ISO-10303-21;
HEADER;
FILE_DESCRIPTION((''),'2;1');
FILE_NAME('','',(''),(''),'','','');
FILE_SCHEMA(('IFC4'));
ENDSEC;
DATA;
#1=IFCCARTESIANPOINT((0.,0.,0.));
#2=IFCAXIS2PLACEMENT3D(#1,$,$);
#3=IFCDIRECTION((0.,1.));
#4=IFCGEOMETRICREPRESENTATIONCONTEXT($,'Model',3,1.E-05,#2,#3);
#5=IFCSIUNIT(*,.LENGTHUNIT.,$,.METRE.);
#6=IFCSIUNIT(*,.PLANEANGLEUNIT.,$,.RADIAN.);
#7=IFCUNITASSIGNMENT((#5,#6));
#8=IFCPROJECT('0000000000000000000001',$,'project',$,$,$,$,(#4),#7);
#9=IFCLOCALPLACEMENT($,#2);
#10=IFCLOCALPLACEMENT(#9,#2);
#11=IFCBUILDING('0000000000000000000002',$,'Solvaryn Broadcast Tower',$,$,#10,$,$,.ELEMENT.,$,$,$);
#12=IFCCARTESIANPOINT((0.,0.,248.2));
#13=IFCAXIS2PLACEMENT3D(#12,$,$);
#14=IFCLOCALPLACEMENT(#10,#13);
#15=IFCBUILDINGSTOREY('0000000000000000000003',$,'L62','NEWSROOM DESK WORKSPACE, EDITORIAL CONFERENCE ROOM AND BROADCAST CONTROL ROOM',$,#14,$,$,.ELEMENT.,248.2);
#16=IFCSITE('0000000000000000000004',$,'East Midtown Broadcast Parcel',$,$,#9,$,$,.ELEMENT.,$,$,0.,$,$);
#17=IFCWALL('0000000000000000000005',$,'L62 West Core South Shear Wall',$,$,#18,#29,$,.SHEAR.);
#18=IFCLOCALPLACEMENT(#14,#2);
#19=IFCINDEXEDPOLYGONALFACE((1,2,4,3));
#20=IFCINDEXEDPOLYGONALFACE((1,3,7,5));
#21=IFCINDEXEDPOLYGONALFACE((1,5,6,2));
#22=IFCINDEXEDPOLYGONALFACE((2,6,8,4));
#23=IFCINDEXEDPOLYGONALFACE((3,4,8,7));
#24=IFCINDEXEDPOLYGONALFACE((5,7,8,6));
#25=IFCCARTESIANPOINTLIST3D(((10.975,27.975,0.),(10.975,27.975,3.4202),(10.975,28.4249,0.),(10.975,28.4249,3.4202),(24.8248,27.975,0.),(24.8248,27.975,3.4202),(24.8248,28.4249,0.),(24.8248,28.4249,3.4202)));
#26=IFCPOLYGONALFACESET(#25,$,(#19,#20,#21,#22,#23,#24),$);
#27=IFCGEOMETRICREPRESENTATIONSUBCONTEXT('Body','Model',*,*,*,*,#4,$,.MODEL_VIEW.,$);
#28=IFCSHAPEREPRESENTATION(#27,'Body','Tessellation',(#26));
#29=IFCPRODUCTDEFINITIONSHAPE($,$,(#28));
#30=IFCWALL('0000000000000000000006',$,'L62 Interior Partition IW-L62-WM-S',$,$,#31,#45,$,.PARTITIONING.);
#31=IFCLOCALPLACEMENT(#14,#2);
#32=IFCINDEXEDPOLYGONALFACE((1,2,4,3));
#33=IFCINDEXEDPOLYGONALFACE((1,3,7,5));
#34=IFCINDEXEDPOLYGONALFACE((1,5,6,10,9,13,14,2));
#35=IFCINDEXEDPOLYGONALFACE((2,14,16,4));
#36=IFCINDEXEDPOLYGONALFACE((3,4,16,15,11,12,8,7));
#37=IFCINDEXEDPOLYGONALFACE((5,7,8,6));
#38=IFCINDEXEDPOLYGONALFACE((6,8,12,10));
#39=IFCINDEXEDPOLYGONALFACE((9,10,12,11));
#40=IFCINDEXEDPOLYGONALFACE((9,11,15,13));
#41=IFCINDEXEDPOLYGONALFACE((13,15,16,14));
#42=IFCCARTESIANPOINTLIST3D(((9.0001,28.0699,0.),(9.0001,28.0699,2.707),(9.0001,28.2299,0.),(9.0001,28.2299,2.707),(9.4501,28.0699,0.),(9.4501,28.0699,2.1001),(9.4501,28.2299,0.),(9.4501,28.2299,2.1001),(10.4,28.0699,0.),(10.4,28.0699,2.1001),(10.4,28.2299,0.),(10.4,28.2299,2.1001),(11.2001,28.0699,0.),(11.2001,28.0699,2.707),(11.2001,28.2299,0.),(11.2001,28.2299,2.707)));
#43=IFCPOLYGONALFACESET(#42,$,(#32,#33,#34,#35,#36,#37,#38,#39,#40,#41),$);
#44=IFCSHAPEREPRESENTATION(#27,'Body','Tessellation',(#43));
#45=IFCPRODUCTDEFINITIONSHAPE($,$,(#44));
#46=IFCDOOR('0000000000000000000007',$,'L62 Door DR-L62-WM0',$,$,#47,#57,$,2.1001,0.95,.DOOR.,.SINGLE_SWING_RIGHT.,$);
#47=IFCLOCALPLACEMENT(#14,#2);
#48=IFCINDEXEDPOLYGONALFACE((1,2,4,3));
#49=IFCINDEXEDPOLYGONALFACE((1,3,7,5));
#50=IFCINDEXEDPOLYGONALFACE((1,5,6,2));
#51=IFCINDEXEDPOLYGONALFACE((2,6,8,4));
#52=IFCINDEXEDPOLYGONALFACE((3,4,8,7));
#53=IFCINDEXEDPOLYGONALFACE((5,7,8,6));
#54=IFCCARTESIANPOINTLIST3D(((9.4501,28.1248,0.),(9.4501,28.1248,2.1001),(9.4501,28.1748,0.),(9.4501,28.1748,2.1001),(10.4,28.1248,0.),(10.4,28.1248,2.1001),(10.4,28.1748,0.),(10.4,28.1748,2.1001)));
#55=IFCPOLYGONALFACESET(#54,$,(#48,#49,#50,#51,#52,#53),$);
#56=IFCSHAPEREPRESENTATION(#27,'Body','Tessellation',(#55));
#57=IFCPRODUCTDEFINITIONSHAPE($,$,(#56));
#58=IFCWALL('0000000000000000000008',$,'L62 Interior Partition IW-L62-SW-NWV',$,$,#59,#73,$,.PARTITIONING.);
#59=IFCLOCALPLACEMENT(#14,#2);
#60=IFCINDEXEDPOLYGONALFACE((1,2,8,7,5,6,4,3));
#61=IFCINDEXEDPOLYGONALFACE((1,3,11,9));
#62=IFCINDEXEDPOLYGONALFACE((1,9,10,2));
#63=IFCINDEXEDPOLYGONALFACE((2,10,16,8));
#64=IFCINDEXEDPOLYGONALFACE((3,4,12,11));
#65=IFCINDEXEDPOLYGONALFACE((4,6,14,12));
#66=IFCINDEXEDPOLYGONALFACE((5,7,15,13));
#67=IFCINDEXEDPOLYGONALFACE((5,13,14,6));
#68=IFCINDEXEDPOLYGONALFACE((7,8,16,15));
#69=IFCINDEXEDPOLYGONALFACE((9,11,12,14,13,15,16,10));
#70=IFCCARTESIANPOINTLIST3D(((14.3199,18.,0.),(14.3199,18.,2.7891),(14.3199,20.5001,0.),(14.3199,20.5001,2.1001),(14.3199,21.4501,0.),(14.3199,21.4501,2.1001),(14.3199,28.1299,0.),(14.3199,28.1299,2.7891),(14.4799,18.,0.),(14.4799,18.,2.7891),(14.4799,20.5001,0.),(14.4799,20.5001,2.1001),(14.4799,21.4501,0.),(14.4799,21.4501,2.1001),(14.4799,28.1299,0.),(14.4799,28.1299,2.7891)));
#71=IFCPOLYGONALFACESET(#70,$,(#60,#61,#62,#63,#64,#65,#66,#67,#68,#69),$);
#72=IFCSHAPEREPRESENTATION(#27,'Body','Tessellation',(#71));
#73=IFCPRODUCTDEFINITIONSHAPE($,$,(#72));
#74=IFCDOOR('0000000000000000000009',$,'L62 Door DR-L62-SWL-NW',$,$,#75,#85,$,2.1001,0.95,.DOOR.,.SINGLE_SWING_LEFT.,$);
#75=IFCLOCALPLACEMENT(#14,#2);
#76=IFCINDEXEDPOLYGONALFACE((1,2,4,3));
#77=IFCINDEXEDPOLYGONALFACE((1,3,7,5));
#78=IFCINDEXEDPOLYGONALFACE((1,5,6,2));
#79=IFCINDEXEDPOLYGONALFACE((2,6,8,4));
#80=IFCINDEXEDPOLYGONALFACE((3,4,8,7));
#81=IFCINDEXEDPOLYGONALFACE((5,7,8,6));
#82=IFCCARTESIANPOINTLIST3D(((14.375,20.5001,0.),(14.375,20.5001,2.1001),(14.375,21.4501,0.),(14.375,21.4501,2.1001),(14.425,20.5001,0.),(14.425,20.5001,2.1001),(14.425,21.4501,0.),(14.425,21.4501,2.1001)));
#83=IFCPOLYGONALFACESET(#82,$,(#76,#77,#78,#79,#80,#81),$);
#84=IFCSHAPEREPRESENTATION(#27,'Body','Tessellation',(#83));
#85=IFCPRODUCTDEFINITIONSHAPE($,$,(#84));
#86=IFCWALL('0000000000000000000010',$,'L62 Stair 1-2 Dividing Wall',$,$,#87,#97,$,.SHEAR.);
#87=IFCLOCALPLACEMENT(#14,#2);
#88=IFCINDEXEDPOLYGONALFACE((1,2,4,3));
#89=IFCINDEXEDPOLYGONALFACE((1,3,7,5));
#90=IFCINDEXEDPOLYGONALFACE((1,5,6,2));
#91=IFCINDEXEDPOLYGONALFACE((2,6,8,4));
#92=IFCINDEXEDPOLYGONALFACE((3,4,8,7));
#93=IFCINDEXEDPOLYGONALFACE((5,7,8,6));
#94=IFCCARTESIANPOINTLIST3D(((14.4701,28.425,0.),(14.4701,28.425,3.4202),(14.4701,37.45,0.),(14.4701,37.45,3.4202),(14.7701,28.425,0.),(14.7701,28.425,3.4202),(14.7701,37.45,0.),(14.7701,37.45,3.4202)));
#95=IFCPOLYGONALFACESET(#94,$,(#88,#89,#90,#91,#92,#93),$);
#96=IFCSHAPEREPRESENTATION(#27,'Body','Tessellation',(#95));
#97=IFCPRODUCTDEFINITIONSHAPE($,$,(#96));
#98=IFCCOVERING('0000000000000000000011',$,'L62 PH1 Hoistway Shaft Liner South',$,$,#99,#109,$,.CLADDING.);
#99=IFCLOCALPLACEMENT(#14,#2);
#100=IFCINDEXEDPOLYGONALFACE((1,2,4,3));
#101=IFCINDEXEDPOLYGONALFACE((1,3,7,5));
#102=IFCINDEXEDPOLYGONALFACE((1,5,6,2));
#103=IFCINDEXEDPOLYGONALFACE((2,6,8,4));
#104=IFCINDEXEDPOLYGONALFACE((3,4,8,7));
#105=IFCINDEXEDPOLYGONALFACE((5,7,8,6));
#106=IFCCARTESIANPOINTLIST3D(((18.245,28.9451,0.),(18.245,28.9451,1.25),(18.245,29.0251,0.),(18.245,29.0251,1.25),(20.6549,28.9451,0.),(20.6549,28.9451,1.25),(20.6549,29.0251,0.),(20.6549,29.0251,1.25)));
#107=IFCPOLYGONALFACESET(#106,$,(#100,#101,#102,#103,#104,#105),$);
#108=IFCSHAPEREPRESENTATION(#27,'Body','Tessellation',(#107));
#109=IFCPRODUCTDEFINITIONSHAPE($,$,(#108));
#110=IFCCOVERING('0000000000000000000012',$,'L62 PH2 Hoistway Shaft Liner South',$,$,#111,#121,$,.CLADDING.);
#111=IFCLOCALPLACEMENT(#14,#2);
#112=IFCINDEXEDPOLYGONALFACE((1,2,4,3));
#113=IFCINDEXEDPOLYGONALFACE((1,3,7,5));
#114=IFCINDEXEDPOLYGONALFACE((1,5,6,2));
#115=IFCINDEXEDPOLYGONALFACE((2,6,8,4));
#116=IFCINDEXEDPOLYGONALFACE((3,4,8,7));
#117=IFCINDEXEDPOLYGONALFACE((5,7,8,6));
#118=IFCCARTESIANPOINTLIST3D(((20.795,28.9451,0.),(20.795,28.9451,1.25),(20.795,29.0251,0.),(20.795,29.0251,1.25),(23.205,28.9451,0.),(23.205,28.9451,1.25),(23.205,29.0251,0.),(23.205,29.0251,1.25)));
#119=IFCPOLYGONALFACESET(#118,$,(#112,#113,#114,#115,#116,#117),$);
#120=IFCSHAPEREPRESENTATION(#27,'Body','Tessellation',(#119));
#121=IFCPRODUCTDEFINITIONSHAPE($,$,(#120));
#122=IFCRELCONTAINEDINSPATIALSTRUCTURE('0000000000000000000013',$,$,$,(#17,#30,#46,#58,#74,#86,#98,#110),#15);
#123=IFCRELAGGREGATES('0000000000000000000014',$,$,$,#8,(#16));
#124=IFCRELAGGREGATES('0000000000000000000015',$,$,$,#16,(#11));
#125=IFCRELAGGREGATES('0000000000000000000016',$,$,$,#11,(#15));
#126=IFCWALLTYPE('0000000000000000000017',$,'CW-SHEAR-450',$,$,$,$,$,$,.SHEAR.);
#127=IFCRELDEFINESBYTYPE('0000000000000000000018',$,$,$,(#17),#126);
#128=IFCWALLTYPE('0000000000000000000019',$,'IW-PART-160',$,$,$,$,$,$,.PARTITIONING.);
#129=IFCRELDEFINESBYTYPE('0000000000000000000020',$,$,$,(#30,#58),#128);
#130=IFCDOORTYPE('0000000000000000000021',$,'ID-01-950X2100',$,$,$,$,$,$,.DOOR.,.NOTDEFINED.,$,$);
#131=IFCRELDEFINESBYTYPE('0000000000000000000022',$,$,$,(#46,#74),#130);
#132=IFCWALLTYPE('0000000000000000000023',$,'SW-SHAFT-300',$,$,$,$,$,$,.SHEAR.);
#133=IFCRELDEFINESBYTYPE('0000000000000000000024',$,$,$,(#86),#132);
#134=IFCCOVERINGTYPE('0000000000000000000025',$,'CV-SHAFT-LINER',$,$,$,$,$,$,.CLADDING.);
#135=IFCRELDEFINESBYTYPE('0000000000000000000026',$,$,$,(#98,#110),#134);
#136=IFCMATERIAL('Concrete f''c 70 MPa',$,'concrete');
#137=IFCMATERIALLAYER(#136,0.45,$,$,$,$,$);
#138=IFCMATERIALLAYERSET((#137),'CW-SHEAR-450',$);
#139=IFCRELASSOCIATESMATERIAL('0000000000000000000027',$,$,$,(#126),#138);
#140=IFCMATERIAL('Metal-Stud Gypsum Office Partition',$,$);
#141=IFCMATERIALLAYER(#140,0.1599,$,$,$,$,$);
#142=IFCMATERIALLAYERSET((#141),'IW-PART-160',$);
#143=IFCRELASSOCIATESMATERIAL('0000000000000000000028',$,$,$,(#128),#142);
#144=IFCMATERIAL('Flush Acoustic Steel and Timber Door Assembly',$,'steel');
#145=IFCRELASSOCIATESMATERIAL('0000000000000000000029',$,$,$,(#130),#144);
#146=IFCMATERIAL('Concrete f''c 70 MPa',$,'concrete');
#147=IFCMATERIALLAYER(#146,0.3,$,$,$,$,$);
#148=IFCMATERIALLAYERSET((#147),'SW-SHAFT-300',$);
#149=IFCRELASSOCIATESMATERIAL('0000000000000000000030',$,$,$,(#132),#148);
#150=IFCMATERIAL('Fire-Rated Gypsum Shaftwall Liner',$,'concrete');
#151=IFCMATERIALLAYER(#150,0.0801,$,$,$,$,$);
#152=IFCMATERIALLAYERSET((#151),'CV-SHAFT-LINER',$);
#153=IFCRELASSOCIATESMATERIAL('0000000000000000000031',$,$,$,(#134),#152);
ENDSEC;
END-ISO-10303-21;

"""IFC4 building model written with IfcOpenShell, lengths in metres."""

from ifc_helpers import new_model, si_unit, direction, frame, frame_2d, origin, origin_2d, place, context, subcontext, project, spatial, rectangle, extrude, material, layer, layer_set, type_object, element, fill, save


model = new_model("IFC4")

# Units and contexts
model_context = context("Model", 3, precision=1e-05, world=origin(), true_north=direction((0.0, 1.0)))
body_context = subcontext(model_context, "Body", "Model", "MODEL_VIEW")
ifc_project = project(units=[si_unit("LENGTHUNIT", "METRE"), si_unit("PLANEANGLEUNIT", "RADIAN")], contexts=[model_context])

# Site, building, storey
site_placement = place(None, origin())
site = spatial("IfcSite", under=ifc_project, at=site_placement, Name="East Midtown Broadcast Parcel", CompositionType="ELEMENT", RefElevation=0.0)
building_placement = place(site_placement, origin())
building = spatial("IfcBuilding", under=site, at=building_placement, Name="Solvaryn Broadcast Tower", CompositionType="ELEMENT")
storey_placement = place(building_placement, frame((0.0, 0.0, 248.2)))
storey = spatial("IfcBuildingStorey", under=building, at=storey_placement, Name="L62", Description="NEWSROOM DESK WORKSPACE, EDITORIAL CONFERENCE ROOM AND BROADCAST CONTROL ROOM", CompositionType="ELEMENT", Elevation=248.2)

# Wall
ifc_material_1 = material(Name="Concrete f'c 70 MPa", Category="concrete")
ifc_layer_1 = layer(ifc_material_1, 0.45)
ifc_layer_set_1 = layer_set([ifc_layer_1], Name="CW-SHEAR-450")
wall_type_1 = type_object("IfcWallType", Name="CW-SHEAR-450", PredefinedType="SHEAR", material=ifc_layer_set_1)
wall_1_placement = place(storey_placement, frame((10.9751, 28.2, 0.0), z_axis=(0.0, 0.0, 1.0), x_axis=(1.0, 0.0, 0.0)))
element("IfcWall", 1, at=wall_1_placement, inside=storey, type_object=wall_type_1, Name="L62 West Core South Shear Wall", PredefinedType="SHEAR", context=body_context, shape_type="SweptSolid", body=[
    extrude(rectangle(XDim=13.8499, YDim=0.45, at=frame_2d((6.9248, 0.0))), origin(), (0.0, 0.0, 1.0), 3.4202),
])

# Walls, openings, doors
ifc_material_2 = material(Name="Metal-Stud Gypsum Office Partition")
ifc_layer_2 = layer(ifc_material_2, 0.1599)
ifc_layer_set_2 = layer_set([ifc_layer_2], Name="IW-PART-160")
wall_type_2 = type_object("IfcWallType", Name="IW-PART-160", PredefinedType="PARTITIONING", material=ifc_layer_set_2)
wall_2_placement = place(storey_placement, frame((9.0, 28.1499, 0.0), z_axis=(0.0, 0.0, 1.0), x_axis=(1.0, 0.0, 0.0)))
wall_2 = element("IfcWall", 2, at=wall_2_placement, inside=storey, type_object=wall_type_2, Name="L62 Interior Partition IW-L62-WM-S", PredefinedType="PARTITIONING", context=body_context, shape_type="SweptSolid", body=[
    extrude(rectangle(XDim=2.2, YDim=0.1599, at=frame_2d((1.1001, 0.0))), origin(), (0.0, 0.0, 1.0), 2.707),
])
opening_1_placement = place(wall_2_placement, frame((0.45, 0.0, 0.0)))
opening_1 = element("IfcOpeningElement", 3, at=opening_1_placement, cuts=wall_2, PredefinedType="OPENING", context=body_context, shape_type="SweptSolid", body=[
    extrude(rectangle(XDim=0.95, YDim=2.1001, at=frame_2d((0.4751, 1.05))), frame((0.0, 0.0901, 0.0), z_axis=(0.0, -1.0, 0.0), x_axis=(1.0, 0.0, 0.0)), (0.0, 0.0, 1.0), 0.1799),
])
ifc_material_3 = material(Name="Flush Acoustic Steel and Timber Door Assembly", Category="steel")
door_type = type_object("IfcDoorType", Name="ID-01-950X2100", OperationType="NOTDEFINED", PredefinedType="DOOR", material=ifc_material_3)
door_1_placement = place(opening_1_placement, origin())
door_1 = element("IfcDoor", 4, at=door_1_placement, inside=storey, type_object=door_type, Name="L62 Door DR-L62-WM0", OperationType="SINGLE_SWING_RIGHT", OverallHeight=2.1001, OverallWidth=0.95, PredefinedType="DOOR", context=body_context, shape_type="SweptSolid", body=[
    extrude(rectangle(XDim=0.95, YDim=2.1001, at=frame_2d((0.4751, 1.05))), frame((0.0, 0.0249, 0.0), z_axis=(0.0, -1.0, 0.0), x_axis=(1.0, 0.0, 0.0)), (0.0, 0.0, 1.0), 0.05),
])
fill(opening_1, door_1)
wall_3_placement = place(storey_placement, frame((14.3999, 18.0, 0.0), z_axis=(0.0, 0.0, 1.0), x_axis=(0.0, 1.0, 0.0)))
wall_3 = element("IfcWall", 5, at=wall_3_placement, inside=storey, type_object=wall_type_2, Name="L62 Interior Partition IW-L62-SW-NWV", PredefinedType="PARTITIONING", context=body_context, shape_type="SweptSolid", body=[
    extrude(rectangle(XDim=10.1299, YDim=0.1599, at=frame_2d((5.0649, 0.0))), origin(), (0.0, 0.0, 1.0), 2.7891),
])
opening_2_placement = place(wall_3_placement, frame((2.5, 0.0, 0.0)))
opening_2 = element("IfcOpeningElement", 6, at=opening_2_placement, cuts=wall_3, PredefinedType="OPENING", context=body_context, shape_type="SweptSolid", body=[
    extrude(rectangle(XDim=0.95, YDim=2.1001, at=frame_2d((0.4751, 1.05))), frame((0.0, 0.0901, 0.0), z_axis=(0.0, -1.0, 0.0), x_axis=(1.0, 0.0, 0.0)), (0.0, 0.0, 1.0), 0.1799),
])
door_2_placement = place(opening_2_placement, origin())
door_2 = element("IfcDoor", 7, at=door_2_placement, inside=storey, type_object=door_type, Name="L62 Door DR-L62-SWL-NW", OperationType="SINGLE_SWING_LEFT", OverallHeight=2.1001, OverallWidth=0.95, PredefinedType="DOOR", context=body_context, shape_type="SweptSolid", body=[
    extrude(rectangle(XDim=0.95, YDim=2.1001, at=frame_2d((0.4751, 1.05))), frame((0.0, 0.0249, 0.0), z_axis=(0.0, -1.0, 0.0), x_axis=(1.0, 0.0, 0.0)), (0.0, 0.0, 1.0), 0.05),
])
fill(opening_2, door_2)

# Wall
ifc_material_4 = material(Name="Concrete f'c 70 MPa", Category="concrete")
ifc_layer_3 = layer(ifc_material_4, 0.3)
ifc_layer_set_3 = layer_set([ifc_layer_3], Name="SW-SHAFT-300")
wall_type_3 = type_object("IfcWallType", Name="SW-SHAFT-300", PredefinedType="SHEAR", material=ifc_layer_set_3)
wall_4_placement = place(storey_placement, frame((14.6201, 28.425, 0.0), z_axis=(0.0, 0.0, 1.0), x_axis=(0.0, 1.0, 0.0)))
element("IfcWall", 8, at=wall_4_placement, inside=storey, type_object=wall_type_3, Name="L62 Stair 1-2 Dividing Wall", PredefinedType="SHEAR", context=body_context, shape_type="SweptSolid", body=[
    extrude(rectangle(XDim=9.0249, YDim=0.3, at=frame_2d((4.5125, 0.0))), origin(), (0.0, 0.0, 1.0), 3.4202),
])

# Coverings
ifc_material_5 = material(Name="Fire-Rated Gypsum Shaftwall Liner", Category="concrete")
ifc_layer_4 = layer(ifc_material_5, 0.0801)
ifc_layer_set_4 = layer_set([ifc_layer_4], Name="CV-SHAFT-LINER")
covering_type = type_object("IfcCoveringType", Name="CV-SHAFT-LINER", PredefinedType="CLADDING", material=ifc_layer_set_4)
for number, where, z_axis, x_axis, name in (
    (9, (19.45, 28.9851, 0.0), (0.0, 0.0, 1.0), (1.0, 0.0, 0.0), "L62 PH1 Hoistway Shaft Liner South"),
    (10, (22.0, 28.9851, 0.0), (0.0, 0.0, 1.0), (1.0, 0.0, 0.0), "L62 PH2 Hoistway Shaft Liner South"),
):
    element("IfcCovering", number, at=place(storey_placement, frame(where, z_axis=z_axis, x_axis=x_axis)), inside=storey, type_object=covering_type, Name=name, PredefinedType="CLADDING", context=body_context, shape_type="SweptSolid", body=[
        extrude(rectangle(XDim=2.4099, YDim=0.0801, at=origin_2d()), origin(), (0.0, 0.0, 1.0), 1.25),
    ])

save(model, "model.ifc")
